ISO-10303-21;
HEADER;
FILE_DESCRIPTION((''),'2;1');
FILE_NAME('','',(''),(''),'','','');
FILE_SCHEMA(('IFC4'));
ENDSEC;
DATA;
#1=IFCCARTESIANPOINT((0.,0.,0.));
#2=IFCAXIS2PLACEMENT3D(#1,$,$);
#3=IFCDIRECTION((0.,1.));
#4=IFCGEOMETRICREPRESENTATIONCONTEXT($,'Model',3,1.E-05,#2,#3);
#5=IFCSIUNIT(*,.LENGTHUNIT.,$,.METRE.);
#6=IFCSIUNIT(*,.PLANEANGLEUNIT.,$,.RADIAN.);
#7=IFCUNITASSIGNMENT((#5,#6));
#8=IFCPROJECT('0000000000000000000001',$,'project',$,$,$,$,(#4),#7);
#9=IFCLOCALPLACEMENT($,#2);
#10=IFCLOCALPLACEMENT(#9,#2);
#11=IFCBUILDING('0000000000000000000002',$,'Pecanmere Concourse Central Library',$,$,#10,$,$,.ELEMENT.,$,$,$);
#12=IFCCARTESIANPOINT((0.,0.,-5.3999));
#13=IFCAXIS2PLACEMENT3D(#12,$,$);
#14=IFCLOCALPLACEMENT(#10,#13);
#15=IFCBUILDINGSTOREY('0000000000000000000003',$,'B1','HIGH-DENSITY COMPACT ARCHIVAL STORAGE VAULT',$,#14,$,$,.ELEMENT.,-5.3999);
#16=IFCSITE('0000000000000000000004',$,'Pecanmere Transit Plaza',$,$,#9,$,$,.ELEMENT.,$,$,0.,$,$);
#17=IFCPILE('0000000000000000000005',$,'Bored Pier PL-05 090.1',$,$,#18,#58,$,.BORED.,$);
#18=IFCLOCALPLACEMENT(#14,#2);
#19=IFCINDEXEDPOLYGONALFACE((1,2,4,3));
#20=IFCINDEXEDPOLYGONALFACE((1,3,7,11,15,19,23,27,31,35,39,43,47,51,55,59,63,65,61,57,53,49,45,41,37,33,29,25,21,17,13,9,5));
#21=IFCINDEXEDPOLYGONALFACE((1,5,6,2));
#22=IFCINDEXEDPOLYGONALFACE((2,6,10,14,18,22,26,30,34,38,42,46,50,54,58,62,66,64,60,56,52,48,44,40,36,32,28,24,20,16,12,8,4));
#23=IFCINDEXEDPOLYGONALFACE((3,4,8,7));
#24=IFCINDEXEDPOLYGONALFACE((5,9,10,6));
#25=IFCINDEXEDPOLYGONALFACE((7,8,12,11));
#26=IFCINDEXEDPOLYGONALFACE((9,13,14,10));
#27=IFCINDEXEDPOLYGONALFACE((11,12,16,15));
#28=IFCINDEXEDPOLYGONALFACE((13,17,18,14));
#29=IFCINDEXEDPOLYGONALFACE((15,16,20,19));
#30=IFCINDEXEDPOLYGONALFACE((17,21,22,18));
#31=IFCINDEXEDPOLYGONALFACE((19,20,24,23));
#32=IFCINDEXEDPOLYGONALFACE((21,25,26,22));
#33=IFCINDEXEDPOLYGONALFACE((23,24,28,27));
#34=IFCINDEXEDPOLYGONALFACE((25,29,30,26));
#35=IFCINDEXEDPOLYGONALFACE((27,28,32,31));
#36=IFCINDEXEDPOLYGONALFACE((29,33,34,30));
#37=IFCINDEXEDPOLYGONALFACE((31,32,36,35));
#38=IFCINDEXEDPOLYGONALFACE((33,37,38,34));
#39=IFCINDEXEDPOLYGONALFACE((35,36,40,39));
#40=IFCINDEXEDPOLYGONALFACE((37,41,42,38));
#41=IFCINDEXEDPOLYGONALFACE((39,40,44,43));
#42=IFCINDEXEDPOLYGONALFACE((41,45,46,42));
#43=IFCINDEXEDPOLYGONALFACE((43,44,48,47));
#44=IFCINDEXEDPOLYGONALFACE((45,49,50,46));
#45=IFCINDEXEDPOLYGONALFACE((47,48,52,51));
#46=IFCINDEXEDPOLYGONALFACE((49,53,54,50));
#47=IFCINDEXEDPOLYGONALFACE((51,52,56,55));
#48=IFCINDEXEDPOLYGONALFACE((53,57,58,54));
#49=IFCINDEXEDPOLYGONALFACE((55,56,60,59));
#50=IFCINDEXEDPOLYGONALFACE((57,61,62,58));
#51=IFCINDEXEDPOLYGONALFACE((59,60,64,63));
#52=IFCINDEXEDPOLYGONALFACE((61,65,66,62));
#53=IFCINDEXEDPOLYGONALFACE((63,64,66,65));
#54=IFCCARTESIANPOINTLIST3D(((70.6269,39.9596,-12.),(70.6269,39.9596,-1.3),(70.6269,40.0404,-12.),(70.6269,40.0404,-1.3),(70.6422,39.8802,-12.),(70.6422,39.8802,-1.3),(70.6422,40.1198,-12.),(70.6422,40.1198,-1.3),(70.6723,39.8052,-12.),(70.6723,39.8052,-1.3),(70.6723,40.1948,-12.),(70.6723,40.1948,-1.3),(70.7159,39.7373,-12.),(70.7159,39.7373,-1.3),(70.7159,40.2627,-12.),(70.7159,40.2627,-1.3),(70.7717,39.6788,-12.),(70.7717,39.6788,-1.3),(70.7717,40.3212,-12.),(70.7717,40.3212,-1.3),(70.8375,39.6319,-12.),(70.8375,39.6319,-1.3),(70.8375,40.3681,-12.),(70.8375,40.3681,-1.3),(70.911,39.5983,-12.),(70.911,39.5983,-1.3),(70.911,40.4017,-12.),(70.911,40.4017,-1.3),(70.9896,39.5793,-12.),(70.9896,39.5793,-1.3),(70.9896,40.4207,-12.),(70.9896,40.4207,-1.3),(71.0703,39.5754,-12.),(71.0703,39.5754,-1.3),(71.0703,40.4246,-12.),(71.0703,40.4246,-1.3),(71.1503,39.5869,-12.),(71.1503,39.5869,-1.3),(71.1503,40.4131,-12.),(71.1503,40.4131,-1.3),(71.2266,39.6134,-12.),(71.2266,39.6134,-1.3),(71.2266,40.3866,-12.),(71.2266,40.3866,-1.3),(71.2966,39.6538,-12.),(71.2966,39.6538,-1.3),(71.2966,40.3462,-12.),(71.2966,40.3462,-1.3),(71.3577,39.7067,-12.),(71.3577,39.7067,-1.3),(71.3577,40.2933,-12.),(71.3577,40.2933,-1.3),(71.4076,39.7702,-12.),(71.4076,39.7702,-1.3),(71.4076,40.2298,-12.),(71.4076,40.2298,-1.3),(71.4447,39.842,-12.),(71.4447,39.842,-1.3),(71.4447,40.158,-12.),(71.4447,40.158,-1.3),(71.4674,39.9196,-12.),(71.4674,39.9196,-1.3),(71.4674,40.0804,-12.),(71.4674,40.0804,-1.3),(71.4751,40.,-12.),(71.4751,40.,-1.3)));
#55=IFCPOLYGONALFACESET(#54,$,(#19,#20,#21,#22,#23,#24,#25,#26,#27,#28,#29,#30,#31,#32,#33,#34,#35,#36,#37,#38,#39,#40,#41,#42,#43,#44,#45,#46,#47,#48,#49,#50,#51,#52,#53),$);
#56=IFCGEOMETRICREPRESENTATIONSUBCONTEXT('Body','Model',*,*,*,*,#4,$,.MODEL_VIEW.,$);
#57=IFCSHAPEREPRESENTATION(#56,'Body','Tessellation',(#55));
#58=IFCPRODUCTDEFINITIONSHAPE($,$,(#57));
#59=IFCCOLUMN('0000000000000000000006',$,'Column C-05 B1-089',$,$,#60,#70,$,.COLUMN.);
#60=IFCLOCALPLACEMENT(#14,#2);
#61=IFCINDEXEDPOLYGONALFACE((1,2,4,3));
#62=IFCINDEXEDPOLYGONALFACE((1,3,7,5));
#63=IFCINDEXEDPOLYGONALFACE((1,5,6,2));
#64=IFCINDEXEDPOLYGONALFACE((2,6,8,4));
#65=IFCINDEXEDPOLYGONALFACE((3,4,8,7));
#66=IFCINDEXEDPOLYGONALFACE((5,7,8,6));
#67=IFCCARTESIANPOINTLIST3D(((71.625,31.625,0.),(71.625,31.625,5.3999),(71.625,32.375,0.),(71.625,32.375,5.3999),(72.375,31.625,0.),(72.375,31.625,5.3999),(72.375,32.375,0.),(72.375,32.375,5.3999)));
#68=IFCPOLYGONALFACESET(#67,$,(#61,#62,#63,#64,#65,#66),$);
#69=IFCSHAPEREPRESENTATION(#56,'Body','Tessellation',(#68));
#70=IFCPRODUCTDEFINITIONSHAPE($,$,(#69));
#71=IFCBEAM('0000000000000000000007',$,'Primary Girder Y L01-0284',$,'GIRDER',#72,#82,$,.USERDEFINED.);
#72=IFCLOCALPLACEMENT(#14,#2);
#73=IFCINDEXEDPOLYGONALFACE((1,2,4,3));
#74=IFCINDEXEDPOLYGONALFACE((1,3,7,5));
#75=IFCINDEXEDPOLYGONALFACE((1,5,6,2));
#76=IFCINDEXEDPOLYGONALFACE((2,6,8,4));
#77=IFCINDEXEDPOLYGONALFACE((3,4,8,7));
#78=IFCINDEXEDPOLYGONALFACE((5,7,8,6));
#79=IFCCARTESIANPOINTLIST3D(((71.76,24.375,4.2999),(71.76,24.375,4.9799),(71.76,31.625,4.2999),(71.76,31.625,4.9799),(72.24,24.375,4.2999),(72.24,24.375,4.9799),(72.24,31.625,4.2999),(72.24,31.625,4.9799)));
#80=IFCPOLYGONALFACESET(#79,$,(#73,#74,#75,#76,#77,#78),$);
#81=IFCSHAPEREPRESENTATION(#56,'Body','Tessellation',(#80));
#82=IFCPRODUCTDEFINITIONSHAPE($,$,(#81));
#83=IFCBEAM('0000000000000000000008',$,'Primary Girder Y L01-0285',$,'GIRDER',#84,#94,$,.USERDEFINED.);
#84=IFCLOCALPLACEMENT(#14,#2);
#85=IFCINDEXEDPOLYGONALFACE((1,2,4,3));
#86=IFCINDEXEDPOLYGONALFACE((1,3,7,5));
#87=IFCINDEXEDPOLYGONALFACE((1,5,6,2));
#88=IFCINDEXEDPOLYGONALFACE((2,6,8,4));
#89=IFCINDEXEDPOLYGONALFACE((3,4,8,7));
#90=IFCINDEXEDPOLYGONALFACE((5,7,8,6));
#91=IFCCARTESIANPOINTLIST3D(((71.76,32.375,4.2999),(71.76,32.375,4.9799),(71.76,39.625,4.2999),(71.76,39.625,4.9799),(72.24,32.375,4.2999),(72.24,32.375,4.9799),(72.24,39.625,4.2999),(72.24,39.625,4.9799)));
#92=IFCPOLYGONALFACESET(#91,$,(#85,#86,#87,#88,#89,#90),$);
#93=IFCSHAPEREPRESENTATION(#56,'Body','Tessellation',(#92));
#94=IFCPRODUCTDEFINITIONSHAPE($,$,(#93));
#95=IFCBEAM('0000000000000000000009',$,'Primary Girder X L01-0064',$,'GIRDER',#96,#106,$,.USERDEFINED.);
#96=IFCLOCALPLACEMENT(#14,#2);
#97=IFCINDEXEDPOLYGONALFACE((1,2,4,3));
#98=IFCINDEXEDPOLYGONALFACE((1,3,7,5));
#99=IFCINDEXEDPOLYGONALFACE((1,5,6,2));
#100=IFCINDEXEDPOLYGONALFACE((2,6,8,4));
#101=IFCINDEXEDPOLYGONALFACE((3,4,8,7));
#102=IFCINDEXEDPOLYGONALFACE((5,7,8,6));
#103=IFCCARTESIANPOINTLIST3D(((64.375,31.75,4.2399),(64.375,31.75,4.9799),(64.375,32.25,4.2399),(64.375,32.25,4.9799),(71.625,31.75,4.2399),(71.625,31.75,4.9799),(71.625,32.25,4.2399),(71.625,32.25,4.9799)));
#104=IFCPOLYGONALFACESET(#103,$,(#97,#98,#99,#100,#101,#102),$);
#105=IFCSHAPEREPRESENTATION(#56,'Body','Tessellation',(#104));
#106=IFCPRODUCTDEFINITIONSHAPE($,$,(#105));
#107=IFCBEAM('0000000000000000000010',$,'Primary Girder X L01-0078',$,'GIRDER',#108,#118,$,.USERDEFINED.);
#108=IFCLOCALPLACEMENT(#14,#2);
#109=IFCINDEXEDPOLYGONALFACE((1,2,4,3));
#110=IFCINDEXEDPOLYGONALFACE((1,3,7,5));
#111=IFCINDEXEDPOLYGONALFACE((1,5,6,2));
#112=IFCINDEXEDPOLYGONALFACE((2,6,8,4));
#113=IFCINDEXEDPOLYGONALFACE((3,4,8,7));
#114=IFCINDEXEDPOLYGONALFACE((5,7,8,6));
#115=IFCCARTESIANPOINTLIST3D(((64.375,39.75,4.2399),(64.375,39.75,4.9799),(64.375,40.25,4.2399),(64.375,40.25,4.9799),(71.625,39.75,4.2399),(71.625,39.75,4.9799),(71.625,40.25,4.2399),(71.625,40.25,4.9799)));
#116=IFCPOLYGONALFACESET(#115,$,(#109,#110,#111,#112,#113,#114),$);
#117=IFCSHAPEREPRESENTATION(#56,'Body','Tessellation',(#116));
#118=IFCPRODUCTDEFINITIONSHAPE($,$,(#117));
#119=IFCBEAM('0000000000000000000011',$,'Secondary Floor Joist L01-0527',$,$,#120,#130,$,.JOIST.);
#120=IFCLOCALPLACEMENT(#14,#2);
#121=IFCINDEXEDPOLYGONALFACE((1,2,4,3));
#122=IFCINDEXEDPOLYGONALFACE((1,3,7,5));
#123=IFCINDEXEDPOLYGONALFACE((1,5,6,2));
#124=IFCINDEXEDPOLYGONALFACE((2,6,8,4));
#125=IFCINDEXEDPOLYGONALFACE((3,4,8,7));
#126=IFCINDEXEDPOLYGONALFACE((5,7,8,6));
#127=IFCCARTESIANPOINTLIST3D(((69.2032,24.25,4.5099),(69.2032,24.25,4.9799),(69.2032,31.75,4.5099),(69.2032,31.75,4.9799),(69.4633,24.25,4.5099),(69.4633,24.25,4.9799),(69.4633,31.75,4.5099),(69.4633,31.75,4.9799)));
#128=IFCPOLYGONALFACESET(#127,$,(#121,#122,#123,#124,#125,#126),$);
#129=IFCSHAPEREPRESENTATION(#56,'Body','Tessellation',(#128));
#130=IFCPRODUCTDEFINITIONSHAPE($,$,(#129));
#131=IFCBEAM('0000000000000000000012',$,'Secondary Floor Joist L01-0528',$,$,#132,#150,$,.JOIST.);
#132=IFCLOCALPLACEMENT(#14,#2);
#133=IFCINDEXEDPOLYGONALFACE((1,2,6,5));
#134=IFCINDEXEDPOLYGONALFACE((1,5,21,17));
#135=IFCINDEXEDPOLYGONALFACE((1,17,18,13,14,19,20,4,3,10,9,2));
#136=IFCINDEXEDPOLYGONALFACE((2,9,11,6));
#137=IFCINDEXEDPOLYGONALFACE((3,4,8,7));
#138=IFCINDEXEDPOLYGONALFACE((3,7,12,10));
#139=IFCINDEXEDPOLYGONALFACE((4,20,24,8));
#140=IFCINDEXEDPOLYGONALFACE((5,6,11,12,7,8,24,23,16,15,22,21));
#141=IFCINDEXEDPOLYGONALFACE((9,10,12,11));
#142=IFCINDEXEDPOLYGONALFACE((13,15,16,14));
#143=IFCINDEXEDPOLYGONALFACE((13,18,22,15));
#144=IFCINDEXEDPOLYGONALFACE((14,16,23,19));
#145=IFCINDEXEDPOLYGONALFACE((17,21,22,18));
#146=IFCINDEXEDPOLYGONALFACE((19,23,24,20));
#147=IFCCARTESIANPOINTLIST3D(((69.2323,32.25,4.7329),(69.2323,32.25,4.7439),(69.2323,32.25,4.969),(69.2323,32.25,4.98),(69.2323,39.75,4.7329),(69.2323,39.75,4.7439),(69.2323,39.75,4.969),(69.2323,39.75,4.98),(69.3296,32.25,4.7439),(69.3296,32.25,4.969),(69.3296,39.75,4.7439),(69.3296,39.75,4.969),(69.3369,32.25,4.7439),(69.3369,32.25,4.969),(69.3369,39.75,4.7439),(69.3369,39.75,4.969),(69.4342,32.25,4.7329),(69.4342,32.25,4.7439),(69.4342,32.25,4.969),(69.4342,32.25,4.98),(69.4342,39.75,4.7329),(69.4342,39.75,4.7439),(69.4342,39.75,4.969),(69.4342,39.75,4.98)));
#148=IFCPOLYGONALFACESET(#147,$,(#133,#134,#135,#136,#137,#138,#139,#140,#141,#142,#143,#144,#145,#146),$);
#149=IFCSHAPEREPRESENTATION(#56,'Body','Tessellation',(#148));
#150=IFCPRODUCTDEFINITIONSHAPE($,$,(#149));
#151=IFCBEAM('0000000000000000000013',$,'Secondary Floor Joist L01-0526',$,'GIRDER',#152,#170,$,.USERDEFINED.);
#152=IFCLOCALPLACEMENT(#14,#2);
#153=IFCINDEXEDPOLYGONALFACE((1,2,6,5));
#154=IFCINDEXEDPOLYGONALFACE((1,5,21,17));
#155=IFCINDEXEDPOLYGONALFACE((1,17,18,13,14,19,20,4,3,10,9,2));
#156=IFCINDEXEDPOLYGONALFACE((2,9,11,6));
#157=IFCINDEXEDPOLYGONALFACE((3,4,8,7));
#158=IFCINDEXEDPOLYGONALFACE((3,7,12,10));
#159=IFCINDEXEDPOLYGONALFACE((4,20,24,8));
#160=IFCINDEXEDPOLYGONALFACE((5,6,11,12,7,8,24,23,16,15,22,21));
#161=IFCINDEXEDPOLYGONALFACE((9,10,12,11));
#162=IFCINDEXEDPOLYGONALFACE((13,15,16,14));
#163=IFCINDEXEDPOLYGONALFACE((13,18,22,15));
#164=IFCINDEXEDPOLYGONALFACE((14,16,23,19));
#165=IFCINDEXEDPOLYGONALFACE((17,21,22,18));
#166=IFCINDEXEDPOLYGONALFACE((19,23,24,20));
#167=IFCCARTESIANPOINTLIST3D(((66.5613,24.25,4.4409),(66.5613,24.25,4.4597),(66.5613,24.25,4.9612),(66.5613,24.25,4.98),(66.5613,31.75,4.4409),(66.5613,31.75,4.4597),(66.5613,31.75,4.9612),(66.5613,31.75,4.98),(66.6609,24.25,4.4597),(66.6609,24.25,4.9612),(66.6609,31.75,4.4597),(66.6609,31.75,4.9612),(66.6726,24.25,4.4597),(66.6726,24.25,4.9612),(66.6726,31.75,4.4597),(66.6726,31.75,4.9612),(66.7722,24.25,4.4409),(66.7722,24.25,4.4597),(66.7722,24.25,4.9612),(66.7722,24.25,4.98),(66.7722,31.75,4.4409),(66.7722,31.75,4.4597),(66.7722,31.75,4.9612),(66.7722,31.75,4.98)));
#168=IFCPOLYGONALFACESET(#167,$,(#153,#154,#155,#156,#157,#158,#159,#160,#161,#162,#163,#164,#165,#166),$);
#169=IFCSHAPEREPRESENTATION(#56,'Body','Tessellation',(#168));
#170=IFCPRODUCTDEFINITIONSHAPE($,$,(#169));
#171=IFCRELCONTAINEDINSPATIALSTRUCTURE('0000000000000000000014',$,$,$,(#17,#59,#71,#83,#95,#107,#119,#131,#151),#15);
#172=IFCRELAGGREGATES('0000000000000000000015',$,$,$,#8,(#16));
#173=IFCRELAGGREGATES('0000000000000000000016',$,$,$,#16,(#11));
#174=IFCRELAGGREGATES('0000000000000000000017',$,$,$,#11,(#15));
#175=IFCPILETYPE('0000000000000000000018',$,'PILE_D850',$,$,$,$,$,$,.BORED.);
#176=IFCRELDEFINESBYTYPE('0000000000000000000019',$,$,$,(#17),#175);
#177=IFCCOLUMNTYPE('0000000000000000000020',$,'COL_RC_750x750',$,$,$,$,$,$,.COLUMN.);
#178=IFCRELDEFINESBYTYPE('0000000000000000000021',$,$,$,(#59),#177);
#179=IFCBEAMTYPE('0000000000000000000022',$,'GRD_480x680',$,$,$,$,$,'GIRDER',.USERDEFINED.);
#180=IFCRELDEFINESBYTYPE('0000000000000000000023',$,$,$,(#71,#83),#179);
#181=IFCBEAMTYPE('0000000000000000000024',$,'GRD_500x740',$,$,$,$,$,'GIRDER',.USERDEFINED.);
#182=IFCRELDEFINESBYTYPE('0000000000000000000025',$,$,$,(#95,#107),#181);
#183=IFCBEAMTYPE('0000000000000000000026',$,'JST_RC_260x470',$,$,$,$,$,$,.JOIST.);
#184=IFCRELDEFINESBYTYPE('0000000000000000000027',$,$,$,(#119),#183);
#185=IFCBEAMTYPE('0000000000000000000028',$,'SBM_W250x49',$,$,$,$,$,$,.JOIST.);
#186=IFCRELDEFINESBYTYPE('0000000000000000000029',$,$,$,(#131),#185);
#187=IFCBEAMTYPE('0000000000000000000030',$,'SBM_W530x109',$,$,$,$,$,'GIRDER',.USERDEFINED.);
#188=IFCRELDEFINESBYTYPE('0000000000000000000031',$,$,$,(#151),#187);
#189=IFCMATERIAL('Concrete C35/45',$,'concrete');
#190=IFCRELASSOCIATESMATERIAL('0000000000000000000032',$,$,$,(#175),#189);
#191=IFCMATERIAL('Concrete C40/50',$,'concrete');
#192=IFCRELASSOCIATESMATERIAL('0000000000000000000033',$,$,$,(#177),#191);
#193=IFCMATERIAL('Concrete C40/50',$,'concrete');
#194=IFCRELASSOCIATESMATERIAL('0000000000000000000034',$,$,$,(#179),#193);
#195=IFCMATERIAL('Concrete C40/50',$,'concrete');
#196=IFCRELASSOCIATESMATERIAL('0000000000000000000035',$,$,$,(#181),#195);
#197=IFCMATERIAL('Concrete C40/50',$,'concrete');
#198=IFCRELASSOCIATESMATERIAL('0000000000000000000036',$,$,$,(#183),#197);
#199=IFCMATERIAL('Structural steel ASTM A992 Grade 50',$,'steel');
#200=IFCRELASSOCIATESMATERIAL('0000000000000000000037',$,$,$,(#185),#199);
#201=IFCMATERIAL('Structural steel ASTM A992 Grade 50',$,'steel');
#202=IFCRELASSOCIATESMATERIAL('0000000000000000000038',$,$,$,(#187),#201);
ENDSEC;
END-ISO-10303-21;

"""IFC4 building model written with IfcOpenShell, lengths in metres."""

from ifc_helpers import new_model, si_unit, direction, frame, origin, origin_2d, place, context, subcontext, project, spatial, rectangle, circle, i_section, extrude, material, material_profile, profile_set, type_object, element, save


model = new_model("IFC4")

# Units and contexts
model_context = context("Model", 3, precision=1e-05, world=origin(), true_north=direction((0.0, 1.0)))
body_context = subcontext(model_context, "Body", "Model", "MODEL_VIEW")
ifc_project = project(units=[si_unit("LENGTHUNIT", "METRE"), si_unit("PLANEANGLEUNIT", "RADIAN")], contexts=[model_context])

# Site, building, storey
site_placement = place(None, origin())
site = spatial("IfcSite", under=ifc_project, at=site_placement, Name="Pecanmere Transit Plaza", CompositionType="ELEMENT", RefElevation=0.0)
building_placement = place(site_placement, origin())
building = spatial("IfcBuilding", under=site, at=building_placement, Name="Pecanmere Concourse Central Library", CompositionType="ELEMENT")
storey_placement = place(building_placement, frame((0.0, 0.0, -5.3999)))
storey = spatial("IfcBuildingStorey", under=building, at=storey_placement, Name="B1", Description="HIGH-DENSITY COMPACT ARCHIVAL STORAGE VAULT", CompositionType="ELEMENT", Elevation=-5.3999)

# Pile
ifc_material_1 = material(Name="Concrete C35/45", Category="concrete")
ifc_material_profile_1 = material_profile(ifc_material_1, circle(Radius=0.425, at=origin_2d()), Name="PIER D850")
ifc_profile_set_1 = profile_set([ifc_material_profile_1], Name="Concrete C35/45")
pile_type = type_object("IfcPileType", Name="PILE_D850", PredefinedType="BORED", material=ifc_profile_set_1)
for number, where, z_axis, x_axis, name in (
    (1, (71.05, 40.0, -1.3), (0.0, 0.0, -1.0), (1.0, 0.0, 0.0), "Bored Pier PL-05 090.1"),
):
    element("IfcPile", number, at=place(storey_placement, frame(where, z_axis=z_axis, x_axis=x_axis)), inside=storey, type_object=pile_type, Name=name, PredefinedType="BORED", context=body_context, shape_type="SweptSolid", body=[
        extrude(circle(Radius=0.425, at=origin_2d()), origin(), (0.0, 0.0, 1.0), 10.7),
    ])

# Column
ifc_material_2 = material(Name="Concrete C40/50", Category="concrete")
ifc_material_profile_2 = material_profile(ifc_material_2, rectangle(XDim=0.75, YDim=0.75, at=origin_2d()), Name="RC 750x750")
ifc_profile_set_2 = profile_set([ifc_material_profile_2], Name="Concrete C40/50")
column_type = type_object("IfcColumnType", Name="COL_RC_750x750", PredefinedType="COLUMN", material=ifc_profile_set_2)
column_placement = place(storey_placement, frame((72.0, 32.0, 0.0), z_axis=(0.0, 0.0, 1.0), x_axis=(1.0, 0.0, 0.0)))
element("IfcColumn", 2, at=column_placement, inside=storey, type_object=column_type, Name="Column C-05 B1-089", PredefinedType="COLUMN", context=body_context, shape_type="SweptSolid", body=[
    extrude(rectangle(XDim=0.75, YDim=0.75, at=origin_2d()), origin(), (0.0, 0.0, 1.0), 5.3999),
])

# Beams
ifc_material_3 = material(Name="Concrete C40/50", Category="concrete")
ifc_material_profile_3 = material_profile(ifc_material_3, rectangle(XDim=0.48, YDim=0.6799, at=origin_2d()), Name="RC 480x680")
ifc_profile_set_3 = profile_set([ifc_material_profile_3], Name="Concrete C40/50")
beam_type_1 = type_object("IfcBeamType", Name="GRD_480x680", ElementType="GIRDER", PredefinedType="USERDEFINED", material=ifc_profile_set_3)
for number, where, z_axis, x_axis, name in (
    (3, (72.0, 24.375, 4.6399), (0.0, 1.0, 0.0), (-1.0, 0.0, 0.0), "Primary Girder Y L01-0284"),
    (4, (72.0, 32.375, 4.6399), (0.0, 1.0, 0.0), (-1.0, 0.0, 0.0), "Primary Girder Y L01-0285"),
):
    element("IfcBeam", number, at=place(storey_placement, frame(where, z_axis=z_axis, x_axis=x_axis)), inside=storey, type_object=beam_type_1, Name=name, ObjectType="GIRDER", PredefinedType="USERDEFINED", context=body_context, shape_type="SweptSolid", body=[
        extrude(rectangle(XDim=0.48, YDim=0.6799, at=origin_2d()), origin(), (0.0, 0.0, 1.0), 7.25),
    ])
ifc_material_4 = material(Name="Concrete C40/50", Category="concrete")
ifc_material_profile_4 = material_profile(ifc_material_4, rectangle(XDim=0.5, YDim=0.74, at=origin_2d()), Name="RC 500x740")
ifc_profile_set_4 = profile_set([ifc_material_profile_4], Name="Concrete C40/50")
beam_type_2 = type_object("IfcBeamType", Name="GRD_500x740", ElementType="GIRDER", PredefinedType="USERDEFINED", material=ifc_profile_set_4)
for number, where, z_axis, x_axis, name in (
    (5, (64.375, 32.0, 4.6099), (1.0, 0.0, 0.0), (0.0, 1.0, 0.0), "Primary Girder X L01-0064"),
    (6, (64.375, 40.0, 4.6099), (1.0, 0.0, 0.0), (0.0, 1.0, 0.0), "Primary Girder X L01-0078"),
):
    element("IfcBeam", number, at=place(storey_placement, frame(where, z_axis=z_axis, x_axis=x_axis)), inside=storey, type_object=beam_type_2, Name=name, ObjectType="GIRDER", PredefinedType="USERDEFINED", context=body_context, shape_type="SweptSolid", body=[
        extrude(rectangle(XDim=0.5, YDim=0.74, at=origin_2d()), origin(), (0.0, 0.0, 1.0), 7.25),
    ])
ifc_material_5 = material(Name="Concrete C40/50", Category="concrete")
ifc_material_profile_5 = material_profile(ifc_material_5, rectangle(XDim=0.26, YDim=0.47, at=origin_2d()), Name="RC 260x470")
ifc_profile_set_5 = profile_set([ifc_material_profile_5], Name="Concrete C40/50")
beam_type_3 = type_object("IfcBeamType", Name="JST_RC_260x470", PredefinedType="JOIST", material=ifc_profile_set_5)
beam_1_placement = place(storey_placement, frame((69.3333, 24.25, 4.7449), z_axis=(0.0, 1.0, 0.0), x_axis=(-1.0, 0.0, 0.0)))
element("IfcBeam", 7, at=beam_1_placement, inside=storey, type_object=beam_type_3, Name="Secondary Floor Joist L01-0527", PredefinedType="JOIST", context=body_context, shape_type="SweptSolid", body=[
    extrude(rectangle(XDim=0.26, YDim=0.47, at=origin_2d()), origin(), (0.0, 0.0, 1.0), 7.5),
])
ifc_material_6 = material(Name="Structural steel ASTM A992 Grade 50", Category="steel")
ifc_material_profile_6 = material_profile(ifc_material_6, i_section(OverallWidth=0.2019, OverallDepth=0.2471, WebThickness=0.0073, FlangeThickness=0.011, at=origin_2d()), Name="W250x49.1")
ifc_profile_set_6 = profile_set([ifc_material_profile_6], Name="Structural steel ASTM A992 Grade 50")
beam_type_4 = type_object("IfcBeamType", Name="SBM_W250x49", PredefinedType="JOIST", material=ifc_profile_set_6)
beam_2_placement = place(storey_placement, frame((69.3333, 32.25, 4.8564), z_axis=(0.0, 1.0, 0.0), x_axis=(-1.0, 0.0, 0.0)))
element("IfcBeam", 8, at=beam_2_placement, inside=storey, type_object=beam_type_4, Name="Secondary Floor Joist L01-0528", PredefinedType="JOIST", context=body_context, shape_type="SweptSolid", body=[
    extrude(i_section(OverallWidth=0.2019, OverallDepth=0.2471, WebThickness=0.0073, FlangeThickness=0.011, at=origin_2d()), origin(), (0.0, 0.0, 1.0), 7.5),
])
ifc_material_7 = material(Name="Structural steel ASTM A992 Grade 50", Category="steel")
ifc_material_profile_7 = material_profile(ifc_material_7, i_section(OverallWidth=0.2109, OverallDepth=0.5391, WebThickness=0.0117, FlangeThickness=0.0188, at=origin_2d()), Name="W530x109")
ifc_profile_set_7 = profile_set([ifc_material_profile_7], Name="Structural steel ASTM A992 Grade 50")
beam_type_5 = type_object("IfcBeamType", Name="SBM_W530x109", ElementType="GIRDER", PredefinedType="USERDEFINED", material=ifc_profile_set_7)
beam_3_placement = place(storey_placement, frame((66.6667, 24.25, 4.7104), z_axis=(0.0, 1.0, 0.0), x_axis=(-1.0, 0.0, 0.0)))
element("IfcBeam", 9, at=beam_3_placement, inside=storey, type_object=beam_type_5, Name="Secondary Floor Joist L01-0526", ObjectType="GIRDER", PredefinedType="USERDEFINED", context=body_context, shape_type="SweptSolid", body=[
    extrude(i_section(OverallWidth=0.2109, OverallDepth=0.5391, WebThickness=0.0117, FlangeThickness=0.0188, at=origin_2d()), origin(), (0.0, 0.0, 1.0), 7.5),
])

save(model, "model.ifc")
